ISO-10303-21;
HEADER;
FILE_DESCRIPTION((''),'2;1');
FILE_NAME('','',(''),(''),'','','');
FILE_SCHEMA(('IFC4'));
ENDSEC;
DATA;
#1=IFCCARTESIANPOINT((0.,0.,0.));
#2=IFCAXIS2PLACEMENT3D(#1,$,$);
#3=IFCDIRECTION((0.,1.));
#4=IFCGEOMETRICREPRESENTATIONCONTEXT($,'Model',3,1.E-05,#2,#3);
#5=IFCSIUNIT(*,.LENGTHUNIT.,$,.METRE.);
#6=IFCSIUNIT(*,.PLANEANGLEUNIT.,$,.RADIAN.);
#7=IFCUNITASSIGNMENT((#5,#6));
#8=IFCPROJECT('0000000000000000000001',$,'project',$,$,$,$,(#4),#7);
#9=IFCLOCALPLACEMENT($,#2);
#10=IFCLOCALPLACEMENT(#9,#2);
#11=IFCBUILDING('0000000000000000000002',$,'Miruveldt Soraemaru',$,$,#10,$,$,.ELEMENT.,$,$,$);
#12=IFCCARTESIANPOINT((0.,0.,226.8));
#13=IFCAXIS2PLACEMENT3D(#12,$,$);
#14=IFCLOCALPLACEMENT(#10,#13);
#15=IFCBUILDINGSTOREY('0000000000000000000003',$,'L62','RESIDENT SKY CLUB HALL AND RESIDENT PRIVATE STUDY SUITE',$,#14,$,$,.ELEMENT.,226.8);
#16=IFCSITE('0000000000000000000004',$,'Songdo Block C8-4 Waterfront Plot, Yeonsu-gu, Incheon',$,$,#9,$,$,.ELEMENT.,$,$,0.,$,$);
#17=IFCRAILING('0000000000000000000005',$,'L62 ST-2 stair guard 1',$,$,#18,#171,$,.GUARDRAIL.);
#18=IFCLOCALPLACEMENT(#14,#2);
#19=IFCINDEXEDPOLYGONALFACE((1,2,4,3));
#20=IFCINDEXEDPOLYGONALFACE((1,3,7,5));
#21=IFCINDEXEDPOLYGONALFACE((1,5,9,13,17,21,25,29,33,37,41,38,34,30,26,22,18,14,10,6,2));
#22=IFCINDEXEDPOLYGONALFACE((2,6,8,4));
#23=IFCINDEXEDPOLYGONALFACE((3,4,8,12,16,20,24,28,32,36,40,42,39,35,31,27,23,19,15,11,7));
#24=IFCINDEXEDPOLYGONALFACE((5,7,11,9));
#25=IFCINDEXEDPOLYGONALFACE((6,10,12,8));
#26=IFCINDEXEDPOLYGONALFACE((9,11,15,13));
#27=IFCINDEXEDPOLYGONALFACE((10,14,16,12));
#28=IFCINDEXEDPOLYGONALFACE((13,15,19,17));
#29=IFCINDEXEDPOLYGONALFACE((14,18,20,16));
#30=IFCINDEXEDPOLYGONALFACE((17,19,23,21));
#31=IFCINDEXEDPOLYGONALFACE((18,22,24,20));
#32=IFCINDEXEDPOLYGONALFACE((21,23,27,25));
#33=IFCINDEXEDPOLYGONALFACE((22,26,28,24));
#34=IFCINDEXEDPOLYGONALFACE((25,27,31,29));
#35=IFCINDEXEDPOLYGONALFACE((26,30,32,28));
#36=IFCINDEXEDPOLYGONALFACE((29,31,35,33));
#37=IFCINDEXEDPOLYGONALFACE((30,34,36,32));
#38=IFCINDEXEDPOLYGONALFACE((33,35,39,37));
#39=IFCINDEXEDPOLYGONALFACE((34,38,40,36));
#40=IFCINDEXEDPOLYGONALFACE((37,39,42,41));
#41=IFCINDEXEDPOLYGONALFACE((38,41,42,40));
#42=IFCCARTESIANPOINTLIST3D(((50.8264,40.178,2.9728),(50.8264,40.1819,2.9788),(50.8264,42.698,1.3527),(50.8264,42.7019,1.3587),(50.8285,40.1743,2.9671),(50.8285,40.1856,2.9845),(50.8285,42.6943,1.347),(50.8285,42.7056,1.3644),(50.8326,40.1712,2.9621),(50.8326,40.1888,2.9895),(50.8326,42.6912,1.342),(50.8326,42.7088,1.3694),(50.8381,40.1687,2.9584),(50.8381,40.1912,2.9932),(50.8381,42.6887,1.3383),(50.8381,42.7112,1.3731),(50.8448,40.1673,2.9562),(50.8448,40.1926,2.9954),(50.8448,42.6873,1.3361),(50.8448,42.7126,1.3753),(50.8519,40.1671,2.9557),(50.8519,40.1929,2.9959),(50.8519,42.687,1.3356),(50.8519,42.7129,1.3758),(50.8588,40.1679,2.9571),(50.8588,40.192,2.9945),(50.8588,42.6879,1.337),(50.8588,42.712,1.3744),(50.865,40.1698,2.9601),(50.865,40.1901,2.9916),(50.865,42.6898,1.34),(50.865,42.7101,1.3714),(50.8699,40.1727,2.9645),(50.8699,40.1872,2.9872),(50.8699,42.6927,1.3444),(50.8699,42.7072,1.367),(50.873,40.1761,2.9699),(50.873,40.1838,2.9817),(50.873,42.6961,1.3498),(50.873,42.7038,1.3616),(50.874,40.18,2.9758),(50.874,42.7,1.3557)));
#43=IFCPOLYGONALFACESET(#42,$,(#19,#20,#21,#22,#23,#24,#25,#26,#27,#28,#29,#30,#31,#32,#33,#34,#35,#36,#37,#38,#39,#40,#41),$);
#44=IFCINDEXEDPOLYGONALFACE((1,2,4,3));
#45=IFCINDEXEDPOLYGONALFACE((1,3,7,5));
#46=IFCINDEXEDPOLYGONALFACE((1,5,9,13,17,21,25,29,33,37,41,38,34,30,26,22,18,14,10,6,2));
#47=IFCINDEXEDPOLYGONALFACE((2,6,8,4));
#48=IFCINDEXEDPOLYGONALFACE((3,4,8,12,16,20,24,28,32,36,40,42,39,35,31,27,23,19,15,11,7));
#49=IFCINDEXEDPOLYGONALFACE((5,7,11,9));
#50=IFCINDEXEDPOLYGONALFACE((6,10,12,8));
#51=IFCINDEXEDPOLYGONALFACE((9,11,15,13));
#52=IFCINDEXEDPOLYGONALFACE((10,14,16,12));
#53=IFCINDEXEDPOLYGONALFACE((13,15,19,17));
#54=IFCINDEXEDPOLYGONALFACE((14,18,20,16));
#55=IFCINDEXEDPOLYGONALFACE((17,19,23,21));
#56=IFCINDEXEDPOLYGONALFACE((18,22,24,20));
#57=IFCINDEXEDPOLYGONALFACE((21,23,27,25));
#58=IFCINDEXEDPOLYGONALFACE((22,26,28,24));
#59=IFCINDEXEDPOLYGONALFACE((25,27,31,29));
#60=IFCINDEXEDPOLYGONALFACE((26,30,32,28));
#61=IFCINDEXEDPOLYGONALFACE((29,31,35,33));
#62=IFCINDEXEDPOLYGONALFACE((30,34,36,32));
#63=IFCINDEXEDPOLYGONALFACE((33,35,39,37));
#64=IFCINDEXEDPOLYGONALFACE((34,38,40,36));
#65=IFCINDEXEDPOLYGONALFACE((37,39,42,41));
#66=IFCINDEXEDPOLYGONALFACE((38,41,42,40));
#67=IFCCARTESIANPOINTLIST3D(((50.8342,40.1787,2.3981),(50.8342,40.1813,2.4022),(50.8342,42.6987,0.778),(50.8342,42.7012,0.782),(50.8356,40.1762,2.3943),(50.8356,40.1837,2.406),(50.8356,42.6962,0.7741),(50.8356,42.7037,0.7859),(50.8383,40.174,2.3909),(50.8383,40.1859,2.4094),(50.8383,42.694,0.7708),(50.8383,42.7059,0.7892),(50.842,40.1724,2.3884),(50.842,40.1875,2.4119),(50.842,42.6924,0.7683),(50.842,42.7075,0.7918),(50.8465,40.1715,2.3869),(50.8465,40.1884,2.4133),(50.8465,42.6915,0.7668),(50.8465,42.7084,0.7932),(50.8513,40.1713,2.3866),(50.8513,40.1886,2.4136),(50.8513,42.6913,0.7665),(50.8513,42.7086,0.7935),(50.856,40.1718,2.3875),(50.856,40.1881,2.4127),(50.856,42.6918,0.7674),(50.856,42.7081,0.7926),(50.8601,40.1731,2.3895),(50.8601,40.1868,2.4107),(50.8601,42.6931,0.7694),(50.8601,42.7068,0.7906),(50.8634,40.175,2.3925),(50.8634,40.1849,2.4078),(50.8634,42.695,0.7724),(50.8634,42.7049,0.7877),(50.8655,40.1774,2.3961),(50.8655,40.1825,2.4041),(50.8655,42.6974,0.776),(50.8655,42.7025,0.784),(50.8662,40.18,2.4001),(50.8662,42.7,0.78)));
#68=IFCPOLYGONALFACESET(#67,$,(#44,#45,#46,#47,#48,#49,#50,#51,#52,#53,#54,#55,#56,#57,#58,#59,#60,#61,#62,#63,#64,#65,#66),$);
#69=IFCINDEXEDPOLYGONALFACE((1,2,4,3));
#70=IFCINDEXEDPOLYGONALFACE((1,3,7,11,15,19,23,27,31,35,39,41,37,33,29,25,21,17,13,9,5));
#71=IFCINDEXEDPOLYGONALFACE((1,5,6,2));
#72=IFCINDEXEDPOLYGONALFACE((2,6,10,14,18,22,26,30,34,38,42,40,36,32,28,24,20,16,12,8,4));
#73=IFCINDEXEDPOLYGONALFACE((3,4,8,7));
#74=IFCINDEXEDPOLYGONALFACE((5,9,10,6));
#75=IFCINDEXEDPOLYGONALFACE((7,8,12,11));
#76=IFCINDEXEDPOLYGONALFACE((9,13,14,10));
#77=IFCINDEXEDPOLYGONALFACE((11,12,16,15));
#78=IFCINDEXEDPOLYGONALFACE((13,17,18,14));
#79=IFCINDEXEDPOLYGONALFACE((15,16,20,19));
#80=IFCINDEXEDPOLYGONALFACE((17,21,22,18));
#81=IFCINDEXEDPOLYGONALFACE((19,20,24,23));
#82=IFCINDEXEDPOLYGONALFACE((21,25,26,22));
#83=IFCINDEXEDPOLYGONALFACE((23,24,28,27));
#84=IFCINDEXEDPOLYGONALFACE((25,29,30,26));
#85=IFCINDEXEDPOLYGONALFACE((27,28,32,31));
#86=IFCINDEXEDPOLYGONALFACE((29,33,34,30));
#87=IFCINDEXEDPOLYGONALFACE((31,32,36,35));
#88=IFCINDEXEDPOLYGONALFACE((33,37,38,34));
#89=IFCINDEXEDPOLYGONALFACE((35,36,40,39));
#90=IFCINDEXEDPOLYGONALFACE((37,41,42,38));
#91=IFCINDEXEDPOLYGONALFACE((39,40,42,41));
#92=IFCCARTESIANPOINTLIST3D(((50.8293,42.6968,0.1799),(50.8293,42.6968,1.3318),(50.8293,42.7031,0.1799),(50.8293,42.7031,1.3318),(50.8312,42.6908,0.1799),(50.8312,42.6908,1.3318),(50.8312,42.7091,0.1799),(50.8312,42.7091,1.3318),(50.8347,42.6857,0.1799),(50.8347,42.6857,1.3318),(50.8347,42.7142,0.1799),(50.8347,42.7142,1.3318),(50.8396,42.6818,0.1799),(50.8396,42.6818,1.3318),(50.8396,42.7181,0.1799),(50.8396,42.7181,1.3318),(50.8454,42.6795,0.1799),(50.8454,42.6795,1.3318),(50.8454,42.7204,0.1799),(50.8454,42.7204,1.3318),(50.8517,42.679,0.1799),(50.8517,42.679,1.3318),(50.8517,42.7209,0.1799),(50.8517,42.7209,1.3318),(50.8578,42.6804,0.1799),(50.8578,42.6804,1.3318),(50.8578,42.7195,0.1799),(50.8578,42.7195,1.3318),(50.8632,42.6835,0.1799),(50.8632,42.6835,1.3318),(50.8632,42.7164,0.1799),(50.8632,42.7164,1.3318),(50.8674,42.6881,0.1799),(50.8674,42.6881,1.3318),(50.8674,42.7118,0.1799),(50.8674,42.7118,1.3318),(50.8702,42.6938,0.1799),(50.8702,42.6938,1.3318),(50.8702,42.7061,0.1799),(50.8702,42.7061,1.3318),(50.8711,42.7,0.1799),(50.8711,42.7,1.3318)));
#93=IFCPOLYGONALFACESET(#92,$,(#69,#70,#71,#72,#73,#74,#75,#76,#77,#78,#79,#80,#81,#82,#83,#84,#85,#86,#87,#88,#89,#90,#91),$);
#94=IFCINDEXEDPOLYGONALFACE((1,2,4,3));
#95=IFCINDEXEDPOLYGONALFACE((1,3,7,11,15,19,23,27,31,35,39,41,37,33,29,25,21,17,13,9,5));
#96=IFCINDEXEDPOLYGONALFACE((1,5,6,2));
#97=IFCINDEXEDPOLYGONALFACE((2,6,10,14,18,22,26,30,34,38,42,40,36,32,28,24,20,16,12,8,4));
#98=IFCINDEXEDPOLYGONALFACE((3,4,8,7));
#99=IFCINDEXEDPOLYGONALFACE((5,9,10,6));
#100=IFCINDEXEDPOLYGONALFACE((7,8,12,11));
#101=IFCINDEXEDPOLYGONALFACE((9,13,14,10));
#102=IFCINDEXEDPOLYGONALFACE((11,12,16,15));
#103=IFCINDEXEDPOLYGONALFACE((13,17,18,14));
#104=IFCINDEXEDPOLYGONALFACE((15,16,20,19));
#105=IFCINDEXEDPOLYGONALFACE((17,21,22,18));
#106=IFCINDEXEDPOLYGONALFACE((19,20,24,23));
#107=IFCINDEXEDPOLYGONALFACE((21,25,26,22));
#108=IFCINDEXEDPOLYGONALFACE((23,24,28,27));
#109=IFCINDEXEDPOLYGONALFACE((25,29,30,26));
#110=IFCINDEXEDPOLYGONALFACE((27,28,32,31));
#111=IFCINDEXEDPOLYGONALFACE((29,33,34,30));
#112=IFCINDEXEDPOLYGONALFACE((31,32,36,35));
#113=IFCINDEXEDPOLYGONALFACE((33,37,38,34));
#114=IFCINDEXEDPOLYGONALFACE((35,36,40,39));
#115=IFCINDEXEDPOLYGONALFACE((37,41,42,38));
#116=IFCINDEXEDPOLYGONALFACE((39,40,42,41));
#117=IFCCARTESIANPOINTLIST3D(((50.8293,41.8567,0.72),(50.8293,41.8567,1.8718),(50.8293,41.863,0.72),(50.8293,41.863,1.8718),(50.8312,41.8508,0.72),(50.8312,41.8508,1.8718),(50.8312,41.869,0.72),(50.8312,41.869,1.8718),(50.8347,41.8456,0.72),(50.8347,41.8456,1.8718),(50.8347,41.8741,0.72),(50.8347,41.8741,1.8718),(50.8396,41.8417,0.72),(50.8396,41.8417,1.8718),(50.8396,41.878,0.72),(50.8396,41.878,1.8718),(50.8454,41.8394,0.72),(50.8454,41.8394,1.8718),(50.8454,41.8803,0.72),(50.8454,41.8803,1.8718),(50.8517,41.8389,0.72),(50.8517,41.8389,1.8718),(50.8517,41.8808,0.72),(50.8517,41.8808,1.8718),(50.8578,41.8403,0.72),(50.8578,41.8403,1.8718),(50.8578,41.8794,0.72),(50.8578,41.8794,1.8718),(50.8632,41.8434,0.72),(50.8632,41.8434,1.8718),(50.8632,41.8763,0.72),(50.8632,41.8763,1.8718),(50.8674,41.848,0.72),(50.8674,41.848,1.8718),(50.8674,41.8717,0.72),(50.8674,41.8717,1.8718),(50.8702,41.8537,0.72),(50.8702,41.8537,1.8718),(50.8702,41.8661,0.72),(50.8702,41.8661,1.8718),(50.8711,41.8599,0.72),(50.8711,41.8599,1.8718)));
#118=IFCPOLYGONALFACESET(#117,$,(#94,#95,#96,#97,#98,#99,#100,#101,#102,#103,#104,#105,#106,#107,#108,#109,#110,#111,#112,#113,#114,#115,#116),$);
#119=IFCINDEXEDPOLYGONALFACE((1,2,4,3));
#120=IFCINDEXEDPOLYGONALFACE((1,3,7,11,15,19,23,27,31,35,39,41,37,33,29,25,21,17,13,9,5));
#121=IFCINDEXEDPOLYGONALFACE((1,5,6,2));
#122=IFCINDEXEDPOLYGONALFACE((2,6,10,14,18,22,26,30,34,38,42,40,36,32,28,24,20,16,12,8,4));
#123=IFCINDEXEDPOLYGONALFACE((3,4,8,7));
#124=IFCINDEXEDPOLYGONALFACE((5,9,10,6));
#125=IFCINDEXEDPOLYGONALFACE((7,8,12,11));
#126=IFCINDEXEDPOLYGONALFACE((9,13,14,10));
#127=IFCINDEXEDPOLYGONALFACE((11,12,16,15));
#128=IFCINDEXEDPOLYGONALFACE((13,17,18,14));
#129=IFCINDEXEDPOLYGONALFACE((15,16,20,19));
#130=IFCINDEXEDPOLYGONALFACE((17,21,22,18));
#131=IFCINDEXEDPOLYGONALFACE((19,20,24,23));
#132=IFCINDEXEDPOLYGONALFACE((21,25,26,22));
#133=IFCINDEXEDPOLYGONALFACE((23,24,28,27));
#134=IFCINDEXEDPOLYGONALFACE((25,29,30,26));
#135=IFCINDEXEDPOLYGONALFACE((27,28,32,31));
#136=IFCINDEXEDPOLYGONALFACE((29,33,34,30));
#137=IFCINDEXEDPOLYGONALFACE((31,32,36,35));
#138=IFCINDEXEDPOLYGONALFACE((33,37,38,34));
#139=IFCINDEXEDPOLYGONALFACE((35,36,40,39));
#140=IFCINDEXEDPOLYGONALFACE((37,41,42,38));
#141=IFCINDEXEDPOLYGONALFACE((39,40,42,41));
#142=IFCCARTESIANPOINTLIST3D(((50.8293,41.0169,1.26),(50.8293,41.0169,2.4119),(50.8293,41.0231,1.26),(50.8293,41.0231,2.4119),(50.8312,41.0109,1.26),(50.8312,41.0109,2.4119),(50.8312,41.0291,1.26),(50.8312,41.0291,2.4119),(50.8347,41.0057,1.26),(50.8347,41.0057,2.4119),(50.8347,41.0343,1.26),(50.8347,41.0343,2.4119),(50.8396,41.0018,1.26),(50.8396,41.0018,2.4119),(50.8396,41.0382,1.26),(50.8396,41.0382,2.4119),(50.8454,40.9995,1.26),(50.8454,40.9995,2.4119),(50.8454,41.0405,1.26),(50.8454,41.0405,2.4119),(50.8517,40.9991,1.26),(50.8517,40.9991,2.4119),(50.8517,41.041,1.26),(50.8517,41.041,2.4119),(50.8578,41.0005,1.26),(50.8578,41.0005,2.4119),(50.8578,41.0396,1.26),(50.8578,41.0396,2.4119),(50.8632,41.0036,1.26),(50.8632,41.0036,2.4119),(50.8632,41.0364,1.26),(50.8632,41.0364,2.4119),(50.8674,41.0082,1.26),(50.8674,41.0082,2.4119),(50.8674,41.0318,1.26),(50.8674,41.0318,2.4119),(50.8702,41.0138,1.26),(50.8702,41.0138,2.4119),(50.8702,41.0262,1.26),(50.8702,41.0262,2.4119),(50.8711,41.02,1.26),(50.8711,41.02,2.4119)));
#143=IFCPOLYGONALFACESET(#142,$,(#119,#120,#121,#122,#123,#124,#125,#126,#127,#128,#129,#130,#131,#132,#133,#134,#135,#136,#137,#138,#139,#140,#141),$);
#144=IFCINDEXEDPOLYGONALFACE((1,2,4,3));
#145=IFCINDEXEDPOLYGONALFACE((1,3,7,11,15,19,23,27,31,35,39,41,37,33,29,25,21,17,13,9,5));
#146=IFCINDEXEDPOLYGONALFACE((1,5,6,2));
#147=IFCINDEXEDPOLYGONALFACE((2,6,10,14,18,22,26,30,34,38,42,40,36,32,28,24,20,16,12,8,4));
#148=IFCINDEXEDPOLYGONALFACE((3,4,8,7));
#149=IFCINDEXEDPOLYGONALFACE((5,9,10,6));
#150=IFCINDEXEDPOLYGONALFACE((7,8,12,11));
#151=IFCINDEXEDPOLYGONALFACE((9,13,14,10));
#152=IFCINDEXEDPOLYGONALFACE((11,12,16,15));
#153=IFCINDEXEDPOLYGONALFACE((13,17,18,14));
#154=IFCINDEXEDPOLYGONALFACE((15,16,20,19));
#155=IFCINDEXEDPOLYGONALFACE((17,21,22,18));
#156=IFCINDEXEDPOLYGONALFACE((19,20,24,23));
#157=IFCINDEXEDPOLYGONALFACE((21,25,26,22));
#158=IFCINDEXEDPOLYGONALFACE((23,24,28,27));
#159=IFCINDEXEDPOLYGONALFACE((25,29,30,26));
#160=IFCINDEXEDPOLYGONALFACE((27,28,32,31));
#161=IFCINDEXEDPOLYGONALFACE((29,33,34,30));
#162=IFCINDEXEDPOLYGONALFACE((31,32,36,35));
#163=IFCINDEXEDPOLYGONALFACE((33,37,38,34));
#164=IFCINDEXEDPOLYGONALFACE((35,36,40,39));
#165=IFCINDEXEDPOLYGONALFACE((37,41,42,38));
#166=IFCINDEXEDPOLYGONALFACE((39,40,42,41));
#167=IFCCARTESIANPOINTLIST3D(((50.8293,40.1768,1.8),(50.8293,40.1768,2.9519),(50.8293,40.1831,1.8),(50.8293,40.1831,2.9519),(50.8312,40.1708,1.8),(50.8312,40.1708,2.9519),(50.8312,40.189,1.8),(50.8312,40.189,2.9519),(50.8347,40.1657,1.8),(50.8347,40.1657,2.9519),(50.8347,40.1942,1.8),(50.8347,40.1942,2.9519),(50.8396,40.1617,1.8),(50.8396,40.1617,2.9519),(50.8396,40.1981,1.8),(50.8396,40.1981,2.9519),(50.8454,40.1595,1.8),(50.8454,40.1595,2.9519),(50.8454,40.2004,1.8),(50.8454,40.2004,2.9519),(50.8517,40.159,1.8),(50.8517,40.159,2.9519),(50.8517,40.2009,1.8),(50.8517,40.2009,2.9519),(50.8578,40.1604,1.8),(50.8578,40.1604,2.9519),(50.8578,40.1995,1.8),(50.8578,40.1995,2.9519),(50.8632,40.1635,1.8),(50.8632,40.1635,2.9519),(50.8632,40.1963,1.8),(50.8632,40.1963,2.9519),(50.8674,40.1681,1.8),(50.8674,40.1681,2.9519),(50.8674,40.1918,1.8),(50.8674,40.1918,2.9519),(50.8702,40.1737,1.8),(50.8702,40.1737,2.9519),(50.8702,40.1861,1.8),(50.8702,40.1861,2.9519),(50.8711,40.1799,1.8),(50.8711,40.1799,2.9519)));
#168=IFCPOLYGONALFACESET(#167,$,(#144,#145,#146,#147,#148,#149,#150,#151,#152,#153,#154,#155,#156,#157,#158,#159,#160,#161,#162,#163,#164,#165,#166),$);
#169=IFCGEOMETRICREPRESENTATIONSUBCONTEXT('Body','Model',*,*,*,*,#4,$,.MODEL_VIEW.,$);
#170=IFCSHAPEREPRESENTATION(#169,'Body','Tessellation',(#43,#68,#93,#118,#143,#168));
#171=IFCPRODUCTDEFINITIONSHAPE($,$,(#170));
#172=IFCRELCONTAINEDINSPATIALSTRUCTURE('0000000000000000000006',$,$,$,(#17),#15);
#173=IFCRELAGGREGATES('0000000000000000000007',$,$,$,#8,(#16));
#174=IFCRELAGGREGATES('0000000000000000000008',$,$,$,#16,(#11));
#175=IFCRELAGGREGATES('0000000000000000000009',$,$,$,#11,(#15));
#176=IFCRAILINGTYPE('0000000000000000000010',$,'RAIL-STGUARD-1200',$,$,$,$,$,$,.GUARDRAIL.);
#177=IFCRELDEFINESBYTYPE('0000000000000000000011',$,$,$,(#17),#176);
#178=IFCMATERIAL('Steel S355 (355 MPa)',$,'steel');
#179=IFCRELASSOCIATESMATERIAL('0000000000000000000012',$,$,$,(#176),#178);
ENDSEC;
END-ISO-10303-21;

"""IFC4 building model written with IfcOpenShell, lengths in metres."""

from ifc_helpers import new_model, si_unit, direction, frame, origin, origin_2d, place, context, subcontext, project, spatial, circle, extrude, material, type_object, element, save


model = new_model("IFC4")

# Units and contexts
model_context = context("Model", 3, precision=1e-05, world=origin(), true_north=direction((0.0, 1.0)))
body_context = subcontext(model_context, "Body", "Model", "MODEL_VIEW")
ifc_project = project(units=[si_unit("LENGTHUNIT", "METRE"), si_unit("PLANEANGLEUNIT", "RADIAN")], contexts=[model_context])

# Site, building, storey
site_placement = place(None, origin())
site = spatial("IfcSite", under=ifc_project, at=site_placement, Name="Songdo Block C8-4 Waterfront Plot, Yeonsu-gu, Incheon", CompositionType="ELEMENT", RefElevation=0.0)
building_placement = place(site_placement, origin())
building = spatial("IfcBuilding", under=site, at=building_placement, Name="Miruveldt Soraemaru", CompositionType="ELEMENT")
storey_placement = place(building_placement, frame((0.0, 0.0, 226.8)))
storey = spatial("IfcBuildingStorey", under=building, at=storey_placement, Name="L62", Description="RESIDENT SKY CLUB HALL AND RESIDENT PRIVATE STUDY SUITE", CompositionType="ELEMENT", Elevation=226.8)

# Railing
ifc_material_1 = material(Name="Steel S355 (355 MPa)", Category="steel")
railing_type_1 = type_object("IfcRailingType", Name="RAIL-STGUARD-1200", PredefinedType="GUARDRAIL", material=ifc_material_1)
railing_1_placement = place(storey_placement, frame((50.8501, 42.7, 0.1799)))
element("IfcRailing", 1, at=railing_1_placement, inside=storey, type_object=railing_type_1, Name="L62 ST-2 stair guard 1", PredefinedType="GUARDRAIL", context=body_context, shape_type="SweptSolid", body=[
    extrude(circle(Radius=0.0239, at=origin_2d()), frame((0.0, 0.0, 1.1758), z_axis=(0.0, -0.841163, 0.540782), x_axis=(1.0, 0.0, 0.0)), (0.0, 0.0, 1.0), 2.9958),
    extrude(circle(Radius=0.0161, at=origin_2d()), frame((0.0, 0.0, 0.6001), z_axis=(0.0, -0.841163, 0.540782), x_axis=(1.0, 0.0, 0.0)), (0.0, 0.0, 1.0), 2.9958),
    extrude(circle(Radius=0.021, at=origin_2d()), origin(), (0.0, 0.0, 1.0), 1.1519),
    extrude(circle(Radius=0.021, at=origin_2d()), frame((0.0, -0.8401, 0.54)), (0.0, 0.0, 1.0), 1.1519),
    extrude(circle(Radius=0.021, at=origin_2d()), frame((0.0, -1.6799, 1.0801)), (0.0, 0.0, 1.0), 1.1519),
    extrude(circle(Radius=0.021, at=origin_2d()), frame((0.0, -2.52, 1.6201)), (0.0, 0.0, 1.0), 1.1519),
])

save(model, "model.ifc")
